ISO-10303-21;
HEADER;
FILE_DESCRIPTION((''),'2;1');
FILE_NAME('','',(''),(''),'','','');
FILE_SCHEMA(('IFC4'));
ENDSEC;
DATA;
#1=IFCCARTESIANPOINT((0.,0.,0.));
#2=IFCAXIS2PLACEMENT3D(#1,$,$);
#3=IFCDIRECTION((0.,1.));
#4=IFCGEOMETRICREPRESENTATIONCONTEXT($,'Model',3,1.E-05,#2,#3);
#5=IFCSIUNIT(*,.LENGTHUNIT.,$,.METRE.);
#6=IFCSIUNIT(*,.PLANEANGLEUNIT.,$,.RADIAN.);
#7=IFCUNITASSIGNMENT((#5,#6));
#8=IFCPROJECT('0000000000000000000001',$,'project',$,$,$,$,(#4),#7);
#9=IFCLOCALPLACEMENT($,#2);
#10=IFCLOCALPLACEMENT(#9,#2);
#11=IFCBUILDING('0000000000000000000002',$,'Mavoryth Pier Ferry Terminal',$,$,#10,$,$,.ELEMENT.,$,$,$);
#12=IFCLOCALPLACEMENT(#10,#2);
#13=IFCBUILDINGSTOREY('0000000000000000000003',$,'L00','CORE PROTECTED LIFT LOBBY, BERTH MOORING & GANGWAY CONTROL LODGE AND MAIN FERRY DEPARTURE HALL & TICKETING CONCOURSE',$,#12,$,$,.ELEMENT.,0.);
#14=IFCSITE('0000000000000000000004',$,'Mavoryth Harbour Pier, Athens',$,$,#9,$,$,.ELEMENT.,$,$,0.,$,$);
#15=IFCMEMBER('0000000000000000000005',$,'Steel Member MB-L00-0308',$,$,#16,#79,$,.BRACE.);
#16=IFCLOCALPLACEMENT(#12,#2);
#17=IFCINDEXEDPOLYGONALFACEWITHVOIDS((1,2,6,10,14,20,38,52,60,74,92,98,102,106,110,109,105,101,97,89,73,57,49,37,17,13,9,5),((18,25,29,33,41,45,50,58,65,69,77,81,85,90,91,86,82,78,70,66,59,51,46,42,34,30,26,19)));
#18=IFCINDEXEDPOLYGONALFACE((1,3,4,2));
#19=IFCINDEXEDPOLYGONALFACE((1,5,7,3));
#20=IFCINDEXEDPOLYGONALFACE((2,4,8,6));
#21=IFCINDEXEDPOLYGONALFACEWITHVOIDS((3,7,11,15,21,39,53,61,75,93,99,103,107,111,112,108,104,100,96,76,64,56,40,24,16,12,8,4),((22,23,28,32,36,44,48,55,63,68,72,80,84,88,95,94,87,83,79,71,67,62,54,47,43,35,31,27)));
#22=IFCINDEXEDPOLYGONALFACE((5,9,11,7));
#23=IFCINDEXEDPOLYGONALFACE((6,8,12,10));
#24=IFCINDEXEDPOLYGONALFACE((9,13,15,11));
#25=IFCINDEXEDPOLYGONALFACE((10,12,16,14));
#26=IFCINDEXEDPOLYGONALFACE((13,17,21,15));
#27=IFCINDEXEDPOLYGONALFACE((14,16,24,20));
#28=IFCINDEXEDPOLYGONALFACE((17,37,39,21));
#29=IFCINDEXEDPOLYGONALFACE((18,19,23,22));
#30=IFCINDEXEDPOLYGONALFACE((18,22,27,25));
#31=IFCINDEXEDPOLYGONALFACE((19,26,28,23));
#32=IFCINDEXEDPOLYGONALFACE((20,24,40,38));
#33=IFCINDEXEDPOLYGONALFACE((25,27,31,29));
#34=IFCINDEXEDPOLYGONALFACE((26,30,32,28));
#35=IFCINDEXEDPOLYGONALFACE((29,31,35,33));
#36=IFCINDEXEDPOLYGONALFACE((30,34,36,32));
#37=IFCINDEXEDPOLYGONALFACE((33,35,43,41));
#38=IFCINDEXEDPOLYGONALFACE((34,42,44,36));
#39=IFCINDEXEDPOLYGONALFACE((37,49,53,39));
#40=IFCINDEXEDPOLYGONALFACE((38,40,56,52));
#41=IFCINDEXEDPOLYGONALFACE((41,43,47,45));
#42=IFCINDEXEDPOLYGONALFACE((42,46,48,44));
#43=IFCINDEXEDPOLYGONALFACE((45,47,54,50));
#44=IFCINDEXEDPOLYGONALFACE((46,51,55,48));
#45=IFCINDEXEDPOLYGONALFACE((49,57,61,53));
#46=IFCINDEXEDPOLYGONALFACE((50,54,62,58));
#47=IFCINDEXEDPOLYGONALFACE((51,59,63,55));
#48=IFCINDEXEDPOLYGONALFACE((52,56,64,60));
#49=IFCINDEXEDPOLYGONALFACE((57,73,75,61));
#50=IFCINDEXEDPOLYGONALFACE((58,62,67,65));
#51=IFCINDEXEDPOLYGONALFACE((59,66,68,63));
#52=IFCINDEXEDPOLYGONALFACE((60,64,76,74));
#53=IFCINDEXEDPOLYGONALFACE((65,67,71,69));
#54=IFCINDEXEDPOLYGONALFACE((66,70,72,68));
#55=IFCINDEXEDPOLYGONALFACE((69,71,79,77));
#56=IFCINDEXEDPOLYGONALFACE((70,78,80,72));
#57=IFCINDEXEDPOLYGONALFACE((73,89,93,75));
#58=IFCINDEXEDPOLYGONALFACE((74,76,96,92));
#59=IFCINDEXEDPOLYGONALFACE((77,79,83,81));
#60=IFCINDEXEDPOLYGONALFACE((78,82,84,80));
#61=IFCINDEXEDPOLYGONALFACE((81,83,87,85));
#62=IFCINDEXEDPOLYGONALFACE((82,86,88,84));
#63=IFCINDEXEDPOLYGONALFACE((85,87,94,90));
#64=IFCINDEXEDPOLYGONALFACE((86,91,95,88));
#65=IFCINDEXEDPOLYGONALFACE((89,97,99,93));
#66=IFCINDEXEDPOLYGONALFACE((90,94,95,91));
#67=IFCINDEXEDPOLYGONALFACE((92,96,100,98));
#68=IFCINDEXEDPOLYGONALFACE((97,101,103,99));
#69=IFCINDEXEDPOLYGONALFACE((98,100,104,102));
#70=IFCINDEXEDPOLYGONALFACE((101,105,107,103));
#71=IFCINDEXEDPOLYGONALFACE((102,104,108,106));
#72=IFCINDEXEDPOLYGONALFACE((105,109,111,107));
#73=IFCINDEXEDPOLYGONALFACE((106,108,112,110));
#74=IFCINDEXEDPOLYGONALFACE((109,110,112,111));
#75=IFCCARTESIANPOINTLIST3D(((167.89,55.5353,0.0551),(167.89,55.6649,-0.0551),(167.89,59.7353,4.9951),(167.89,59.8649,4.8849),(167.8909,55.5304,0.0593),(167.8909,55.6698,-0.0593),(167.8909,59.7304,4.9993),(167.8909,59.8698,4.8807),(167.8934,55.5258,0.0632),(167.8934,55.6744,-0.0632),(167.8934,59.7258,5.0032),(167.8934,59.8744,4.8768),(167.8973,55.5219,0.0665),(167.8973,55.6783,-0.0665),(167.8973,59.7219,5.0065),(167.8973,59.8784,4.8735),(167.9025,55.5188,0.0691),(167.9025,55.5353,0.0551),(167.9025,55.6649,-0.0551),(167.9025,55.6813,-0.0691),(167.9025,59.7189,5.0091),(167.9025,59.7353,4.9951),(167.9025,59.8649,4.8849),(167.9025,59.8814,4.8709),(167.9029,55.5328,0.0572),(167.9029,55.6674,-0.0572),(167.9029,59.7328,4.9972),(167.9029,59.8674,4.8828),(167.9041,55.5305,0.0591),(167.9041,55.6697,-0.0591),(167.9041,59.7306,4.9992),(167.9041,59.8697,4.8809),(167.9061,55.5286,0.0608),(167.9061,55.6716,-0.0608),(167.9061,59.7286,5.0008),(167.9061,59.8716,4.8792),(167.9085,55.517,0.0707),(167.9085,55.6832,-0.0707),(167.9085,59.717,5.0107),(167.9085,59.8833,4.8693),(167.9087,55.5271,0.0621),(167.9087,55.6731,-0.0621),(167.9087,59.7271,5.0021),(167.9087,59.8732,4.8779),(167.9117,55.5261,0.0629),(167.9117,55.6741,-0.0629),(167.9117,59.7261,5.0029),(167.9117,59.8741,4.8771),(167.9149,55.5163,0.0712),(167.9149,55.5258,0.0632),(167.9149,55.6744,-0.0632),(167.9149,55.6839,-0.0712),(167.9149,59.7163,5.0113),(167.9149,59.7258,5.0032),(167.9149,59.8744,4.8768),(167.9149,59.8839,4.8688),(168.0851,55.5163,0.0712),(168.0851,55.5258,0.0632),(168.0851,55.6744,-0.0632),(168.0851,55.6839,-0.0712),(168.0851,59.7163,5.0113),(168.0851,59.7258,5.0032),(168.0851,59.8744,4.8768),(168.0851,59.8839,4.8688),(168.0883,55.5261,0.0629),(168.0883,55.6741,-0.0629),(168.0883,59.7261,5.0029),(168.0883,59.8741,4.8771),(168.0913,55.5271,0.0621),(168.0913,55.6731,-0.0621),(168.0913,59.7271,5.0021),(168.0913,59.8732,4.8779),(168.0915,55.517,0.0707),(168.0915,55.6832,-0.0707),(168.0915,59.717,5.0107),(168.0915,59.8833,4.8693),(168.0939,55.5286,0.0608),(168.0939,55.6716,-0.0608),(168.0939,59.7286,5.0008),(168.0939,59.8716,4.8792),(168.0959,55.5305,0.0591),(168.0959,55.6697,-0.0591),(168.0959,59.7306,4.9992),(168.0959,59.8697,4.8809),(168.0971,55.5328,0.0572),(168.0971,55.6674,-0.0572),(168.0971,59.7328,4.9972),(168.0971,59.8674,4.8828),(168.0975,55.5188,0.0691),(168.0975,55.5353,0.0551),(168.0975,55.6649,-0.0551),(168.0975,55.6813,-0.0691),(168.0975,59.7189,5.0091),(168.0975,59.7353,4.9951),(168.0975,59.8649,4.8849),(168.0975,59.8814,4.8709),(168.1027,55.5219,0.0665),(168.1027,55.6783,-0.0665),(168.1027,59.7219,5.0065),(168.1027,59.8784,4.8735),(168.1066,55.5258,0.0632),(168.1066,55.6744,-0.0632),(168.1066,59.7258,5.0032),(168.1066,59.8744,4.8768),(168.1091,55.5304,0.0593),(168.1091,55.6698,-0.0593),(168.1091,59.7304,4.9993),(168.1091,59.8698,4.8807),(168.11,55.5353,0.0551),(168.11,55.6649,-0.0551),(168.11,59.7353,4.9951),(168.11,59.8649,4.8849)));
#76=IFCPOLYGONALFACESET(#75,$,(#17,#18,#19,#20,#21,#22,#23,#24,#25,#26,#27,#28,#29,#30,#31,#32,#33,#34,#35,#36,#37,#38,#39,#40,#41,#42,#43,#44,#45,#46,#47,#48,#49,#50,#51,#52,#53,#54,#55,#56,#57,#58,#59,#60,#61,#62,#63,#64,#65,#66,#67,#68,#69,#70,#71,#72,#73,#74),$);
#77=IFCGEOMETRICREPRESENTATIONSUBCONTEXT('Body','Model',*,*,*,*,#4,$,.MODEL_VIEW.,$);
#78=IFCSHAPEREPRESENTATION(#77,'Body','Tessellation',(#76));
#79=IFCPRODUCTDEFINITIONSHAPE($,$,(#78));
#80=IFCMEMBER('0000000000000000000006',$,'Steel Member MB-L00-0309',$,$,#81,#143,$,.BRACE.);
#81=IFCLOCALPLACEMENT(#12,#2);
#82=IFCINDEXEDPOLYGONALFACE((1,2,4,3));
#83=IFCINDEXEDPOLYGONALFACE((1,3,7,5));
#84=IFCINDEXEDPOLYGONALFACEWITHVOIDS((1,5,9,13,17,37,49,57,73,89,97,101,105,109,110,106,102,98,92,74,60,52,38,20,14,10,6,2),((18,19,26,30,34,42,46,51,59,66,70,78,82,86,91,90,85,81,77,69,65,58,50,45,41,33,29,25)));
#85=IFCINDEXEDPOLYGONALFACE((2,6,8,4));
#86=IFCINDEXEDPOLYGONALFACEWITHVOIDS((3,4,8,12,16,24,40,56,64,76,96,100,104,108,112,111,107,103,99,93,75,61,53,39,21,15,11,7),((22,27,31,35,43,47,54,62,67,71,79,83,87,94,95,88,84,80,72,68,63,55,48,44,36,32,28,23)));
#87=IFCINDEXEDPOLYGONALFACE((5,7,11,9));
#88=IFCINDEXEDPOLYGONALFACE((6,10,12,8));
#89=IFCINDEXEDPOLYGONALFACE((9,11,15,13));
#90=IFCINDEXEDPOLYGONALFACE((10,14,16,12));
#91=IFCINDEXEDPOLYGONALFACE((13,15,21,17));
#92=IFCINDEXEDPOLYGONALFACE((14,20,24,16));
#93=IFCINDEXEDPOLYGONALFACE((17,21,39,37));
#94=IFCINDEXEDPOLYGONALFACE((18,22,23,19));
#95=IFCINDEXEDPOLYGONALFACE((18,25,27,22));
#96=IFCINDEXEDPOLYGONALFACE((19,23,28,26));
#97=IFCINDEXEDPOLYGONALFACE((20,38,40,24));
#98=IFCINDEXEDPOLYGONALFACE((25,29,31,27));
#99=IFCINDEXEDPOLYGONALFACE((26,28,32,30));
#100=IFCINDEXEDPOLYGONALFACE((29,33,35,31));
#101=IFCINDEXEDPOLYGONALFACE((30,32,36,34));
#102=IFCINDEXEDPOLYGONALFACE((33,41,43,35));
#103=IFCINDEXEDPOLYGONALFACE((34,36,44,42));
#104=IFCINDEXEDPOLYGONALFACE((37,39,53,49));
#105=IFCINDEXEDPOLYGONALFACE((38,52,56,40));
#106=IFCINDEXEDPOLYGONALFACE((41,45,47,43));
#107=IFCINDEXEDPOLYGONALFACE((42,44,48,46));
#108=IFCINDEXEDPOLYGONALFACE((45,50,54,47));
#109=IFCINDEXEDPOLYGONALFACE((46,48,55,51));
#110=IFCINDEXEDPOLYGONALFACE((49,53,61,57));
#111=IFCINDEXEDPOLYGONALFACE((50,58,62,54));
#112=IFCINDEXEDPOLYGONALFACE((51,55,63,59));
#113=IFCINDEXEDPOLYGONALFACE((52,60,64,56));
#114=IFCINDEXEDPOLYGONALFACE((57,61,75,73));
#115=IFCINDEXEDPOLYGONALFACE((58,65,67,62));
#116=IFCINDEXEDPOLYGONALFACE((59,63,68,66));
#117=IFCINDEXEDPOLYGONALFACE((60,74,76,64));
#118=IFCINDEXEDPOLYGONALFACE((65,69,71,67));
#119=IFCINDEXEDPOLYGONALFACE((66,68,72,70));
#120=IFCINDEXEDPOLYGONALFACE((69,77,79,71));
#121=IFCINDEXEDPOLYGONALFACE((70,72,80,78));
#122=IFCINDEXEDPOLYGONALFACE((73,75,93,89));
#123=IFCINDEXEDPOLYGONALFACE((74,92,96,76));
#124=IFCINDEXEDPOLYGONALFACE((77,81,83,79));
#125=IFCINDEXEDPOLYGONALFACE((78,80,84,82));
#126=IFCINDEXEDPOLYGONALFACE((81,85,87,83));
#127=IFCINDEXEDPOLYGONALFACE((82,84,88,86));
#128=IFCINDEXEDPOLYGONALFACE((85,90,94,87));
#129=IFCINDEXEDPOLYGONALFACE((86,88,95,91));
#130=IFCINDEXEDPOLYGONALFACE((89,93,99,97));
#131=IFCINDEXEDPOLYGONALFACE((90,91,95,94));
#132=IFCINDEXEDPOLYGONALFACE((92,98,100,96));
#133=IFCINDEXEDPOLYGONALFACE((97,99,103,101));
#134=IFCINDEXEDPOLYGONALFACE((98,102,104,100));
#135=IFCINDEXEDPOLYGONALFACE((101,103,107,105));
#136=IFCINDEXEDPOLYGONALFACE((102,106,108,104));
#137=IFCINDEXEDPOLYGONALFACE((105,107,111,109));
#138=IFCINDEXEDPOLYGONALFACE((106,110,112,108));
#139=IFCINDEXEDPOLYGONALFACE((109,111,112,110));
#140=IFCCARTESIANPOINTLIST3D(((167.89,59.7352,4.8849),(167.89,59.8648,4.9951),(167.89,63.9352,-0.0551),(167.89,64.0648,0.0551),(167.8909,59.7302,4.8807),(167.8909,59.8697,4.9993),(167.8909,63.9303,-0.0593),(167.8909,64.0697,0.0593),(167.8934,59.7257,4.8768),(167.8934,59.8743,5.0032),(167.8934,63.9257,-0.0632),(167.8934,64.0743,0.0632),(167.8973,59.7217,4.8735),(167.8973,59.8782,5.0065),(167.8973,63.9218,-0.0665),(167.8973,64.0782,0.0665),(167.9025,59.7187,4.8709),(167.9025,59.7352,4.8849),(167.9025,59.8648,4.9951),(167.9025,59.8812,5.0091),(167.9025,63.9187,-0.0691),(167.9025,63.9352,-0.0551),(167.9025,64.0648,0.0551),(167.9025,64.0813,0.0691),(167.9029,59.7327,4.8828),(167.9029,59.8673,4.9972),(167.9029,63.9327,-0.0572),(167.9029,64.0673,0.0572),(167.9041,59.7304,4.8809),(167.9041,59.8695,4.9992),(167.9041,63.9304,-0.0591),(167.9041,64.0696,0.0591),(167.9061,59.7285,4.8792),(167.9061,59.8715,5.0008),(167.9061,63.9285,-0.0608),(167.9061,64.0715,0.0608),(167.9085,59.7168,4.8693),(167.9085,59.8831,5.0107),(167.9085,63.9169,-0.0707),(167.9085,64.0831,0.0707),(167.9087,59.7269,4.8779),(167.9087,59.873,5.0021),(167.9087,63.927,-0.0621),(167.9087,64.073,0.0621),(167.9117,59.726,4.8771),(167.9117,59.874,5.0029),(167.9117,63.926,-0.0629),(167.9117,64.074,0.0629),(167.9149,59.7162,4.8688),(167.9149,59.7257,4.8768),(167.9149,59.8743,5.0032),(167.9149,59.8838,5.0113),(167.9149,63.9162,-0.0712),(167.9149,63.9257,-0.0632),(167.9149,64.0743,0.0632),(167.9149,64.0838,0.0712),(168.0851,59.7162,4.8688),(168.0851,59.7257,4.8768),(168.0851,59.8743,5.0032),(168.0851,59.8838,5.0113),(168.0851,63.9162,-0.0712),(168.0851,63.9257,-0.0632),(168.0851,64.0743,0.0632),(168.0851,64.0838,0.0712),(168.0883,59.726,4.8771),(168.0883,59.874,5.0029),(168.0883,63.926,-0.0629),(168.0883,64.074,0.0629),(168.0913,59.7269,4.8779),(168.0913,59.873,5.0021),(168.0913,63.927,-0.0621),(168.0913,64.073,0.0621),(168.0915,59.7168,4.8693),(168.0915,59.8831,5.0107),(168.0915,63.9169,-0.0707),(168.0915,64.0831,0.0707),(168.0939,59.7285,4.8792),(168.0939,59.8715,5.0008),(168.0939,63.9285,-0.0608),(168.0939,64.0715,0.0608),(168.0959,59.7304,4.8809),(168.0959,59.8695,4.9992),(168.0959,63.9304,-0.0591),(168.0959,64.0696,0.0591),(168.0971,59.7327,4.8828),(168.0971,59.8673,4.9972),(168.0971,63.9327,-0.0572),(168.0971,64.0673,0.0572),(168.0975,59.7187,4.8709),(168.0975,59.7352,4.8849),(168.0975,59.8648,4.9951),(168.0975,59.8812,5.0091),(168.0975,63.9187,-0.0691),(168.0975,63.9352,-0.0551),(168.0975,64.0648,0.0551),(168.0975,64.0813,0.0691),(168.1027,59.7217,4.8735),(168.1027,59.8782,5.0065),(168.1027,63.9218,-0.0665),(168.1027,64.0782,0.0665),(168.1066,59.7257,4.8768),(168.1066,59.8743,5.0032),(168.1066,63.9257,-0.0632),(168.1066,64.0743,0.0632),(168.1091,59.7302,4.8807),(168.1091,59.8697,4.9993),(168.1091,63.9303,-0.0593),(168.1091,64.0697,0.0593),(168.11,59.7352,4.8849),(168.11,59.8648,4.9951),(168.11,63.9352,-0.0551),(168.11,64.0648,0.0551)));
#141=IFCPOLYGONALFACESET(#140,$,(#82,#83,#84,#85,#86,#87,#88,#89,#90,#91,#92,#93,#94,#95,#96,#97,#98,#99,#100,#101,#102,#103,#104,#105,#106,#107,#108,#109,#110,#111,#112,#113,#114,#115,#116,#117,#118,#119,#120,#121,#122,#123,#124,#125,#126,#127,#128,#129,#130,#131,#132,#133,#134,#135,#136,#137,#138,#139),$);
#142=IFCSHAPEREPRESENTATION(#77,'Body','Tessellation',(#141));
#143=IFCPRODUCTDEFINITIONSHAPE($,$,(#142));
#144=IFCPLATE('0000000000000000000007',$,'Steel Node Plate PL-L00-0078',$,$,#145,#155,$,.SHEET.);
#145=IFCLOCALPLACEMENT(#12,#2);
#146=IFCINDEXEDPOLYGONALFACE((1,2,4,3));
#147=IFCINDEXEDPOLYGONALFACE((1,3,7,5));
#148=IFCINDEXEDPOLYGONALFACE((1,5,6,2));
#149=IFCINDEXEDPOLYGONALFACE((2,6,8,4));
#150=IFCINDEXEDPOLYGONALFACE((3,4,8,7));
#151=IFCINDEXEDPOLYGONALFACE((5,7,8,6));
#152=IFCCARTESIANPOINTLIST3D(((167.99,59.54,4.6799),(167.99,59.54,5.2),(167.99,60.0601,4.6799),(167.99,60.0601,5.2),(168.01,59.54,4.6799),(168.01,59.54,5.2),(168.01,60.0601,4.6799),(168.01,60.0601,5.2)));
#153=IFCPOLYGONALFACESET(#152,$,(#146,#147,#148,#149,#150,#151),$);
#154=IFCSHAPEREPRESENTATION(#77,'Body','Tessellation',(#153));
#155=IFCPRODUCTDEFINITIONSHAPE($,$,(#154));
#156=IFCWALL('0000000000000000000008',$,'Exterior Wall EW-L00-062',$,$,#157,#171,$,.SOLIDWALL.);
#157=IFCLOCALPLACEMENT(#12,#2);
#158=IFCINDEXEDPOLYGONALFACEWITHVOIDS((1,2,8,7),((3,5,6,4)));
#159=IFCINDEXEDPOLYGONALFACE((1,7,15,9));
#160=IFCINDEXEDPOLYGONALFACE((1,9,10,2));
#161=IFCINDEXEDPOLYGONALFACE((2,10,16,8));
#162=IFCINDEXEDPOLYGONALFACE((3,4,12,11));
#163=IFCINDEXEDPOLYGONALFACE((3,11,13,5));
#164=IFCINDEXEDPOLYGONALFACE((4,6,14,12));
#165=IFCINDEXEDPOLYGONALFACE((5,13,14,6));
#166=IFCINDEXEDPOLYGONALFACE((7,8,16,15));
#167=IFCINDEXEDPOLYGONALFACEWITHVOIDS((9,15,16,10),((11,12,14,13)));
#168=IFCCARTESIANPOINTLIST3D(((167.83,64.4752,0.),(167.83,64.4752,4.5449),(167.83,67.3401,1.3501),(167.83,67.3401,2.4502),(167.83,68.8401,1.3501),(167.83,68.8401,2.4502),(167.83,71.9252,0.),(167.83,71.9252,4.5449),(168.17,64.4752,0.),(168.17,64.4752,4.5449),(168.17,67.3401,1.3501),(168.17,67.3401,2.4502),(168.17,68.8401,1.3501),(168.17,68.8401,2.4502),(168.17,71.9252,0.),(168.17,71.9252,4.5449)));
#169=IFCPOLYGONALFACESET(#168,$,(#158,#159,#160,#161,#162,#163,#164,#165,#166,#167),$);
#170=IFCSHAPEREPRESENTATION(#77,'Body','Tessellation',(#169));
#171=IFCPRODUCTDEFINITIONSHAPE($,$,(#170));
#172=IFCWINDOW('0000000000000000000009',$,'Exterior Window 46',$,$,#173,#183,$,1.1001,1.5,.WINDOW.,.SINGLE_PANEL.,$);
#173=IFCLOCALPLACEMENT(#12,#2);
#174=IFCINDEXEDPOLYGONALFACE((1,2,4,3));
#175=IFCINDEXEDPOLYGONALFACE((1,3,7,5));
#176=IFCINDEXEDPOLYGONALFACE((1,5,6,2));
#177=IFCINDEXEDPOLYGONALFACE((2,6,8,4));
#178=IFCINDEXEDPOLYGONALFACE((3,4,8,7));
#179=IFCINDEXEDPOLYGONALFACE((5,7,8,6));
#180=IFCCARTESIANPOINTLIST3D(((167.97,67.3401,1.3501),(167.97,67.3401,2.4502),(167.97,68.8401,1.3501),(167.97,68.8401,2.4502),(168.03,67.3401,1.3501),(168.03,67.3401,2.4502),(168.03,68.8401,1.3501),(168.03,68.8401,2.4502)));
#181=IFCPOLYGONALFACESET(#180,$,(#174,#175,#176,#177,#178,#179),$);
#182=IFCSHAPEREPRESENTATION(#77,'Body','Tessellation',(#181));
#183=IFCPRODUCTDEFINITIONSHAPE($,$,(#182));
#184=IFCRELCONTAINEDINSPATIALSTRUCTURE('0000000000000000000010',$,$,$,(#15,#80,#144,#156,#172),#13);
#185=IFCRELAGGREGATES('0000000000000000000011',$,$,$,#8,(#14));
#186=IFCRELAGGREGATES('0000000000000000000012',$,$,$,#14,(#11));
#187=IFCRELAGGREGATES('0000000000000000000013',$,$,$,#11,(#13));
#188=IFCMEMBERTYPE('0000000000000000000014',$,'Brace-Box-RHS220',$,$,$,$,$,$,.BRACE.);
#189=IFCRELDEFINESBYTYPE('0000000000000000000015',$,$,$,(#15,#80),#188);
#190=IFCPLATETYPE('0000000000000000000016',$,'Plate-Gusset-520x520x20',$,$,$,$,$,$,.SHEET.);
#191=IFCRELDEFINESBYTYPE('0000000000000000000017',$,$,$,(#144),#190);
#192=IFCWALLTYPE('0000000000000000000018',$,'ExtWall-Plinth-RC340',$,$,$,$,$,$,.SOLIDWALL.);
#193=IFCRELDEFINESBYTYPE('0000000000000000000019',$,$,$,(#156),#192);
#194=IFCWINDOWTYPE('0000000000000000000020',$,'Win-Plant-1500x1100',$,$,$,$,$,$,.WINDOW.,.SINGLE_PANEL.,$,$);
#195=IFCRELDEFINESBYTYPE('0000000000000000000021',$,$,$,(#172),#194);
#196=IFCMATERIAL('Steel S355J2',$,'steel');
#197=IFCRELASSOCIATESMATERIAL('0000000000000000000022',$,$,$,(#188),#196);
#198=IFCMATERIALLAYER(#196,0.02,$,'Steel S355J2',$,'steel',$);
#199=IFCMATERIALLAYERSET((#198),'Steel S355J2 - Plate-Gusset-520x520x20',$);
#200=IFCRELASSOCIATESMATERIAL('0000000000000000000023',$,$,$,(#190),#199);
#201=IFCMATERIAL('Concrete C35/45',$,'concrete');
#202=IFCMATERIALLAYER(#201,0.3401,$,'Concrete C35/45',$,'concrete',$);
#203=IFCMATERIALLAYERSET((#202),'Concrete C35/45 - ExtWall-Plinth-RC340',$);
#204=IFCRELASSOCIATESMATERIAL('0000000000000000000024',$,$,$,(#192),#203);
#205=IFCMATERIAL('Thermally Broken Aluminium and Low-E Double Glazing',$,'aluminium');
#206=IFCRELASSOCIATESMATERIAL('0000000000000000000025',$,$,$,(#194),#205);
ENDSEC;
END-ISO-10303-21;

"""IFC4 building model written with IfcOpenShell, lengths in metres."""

from ifc_helpers import new_model, si_unit, direction, frame, frame_2d, origin, origin_2d, place, context, subcontext, project, spatial, rectangle, hollow_rectangle, extrude, material, layer, layer_set, material_profile, profile_set, type_object, element, fill, save


model = new_model("IFC4")

# Units and contexts
model_context = context("Model", 3, precision=1e-05, world=origin(), true_north=direction((0.0, 1.0)))
body_context = subcontext(model_context, "Body", "Model", "MODEL_VIEW")
ifc_project = project(units=[si_unit("LENGTHUNIT", "METRE"), si_unit("PLANEANGLEUNIT", "RADIAN")], contexts=[model_context])

# Site, building, storey
site_placement = place(None, origin())
site = spatial("IfcSite", under=ifc_project, at=site_placement, Name="Mavoryth Harbour Pier, Athens", CompositionType="ELEMENT", RefElevation=0.0)
building_placement = place(site_placement, origin())
building = spatial("IfcBuilding", under=site, at=building_placement, Name="Mavoryth Pier Ferry Terminal", CompositionType="ELEMENT")
storey_placement = place(building_placement, origin())
storey = spatial("IfcBuildingStorey", under=building, at=storey_placement, Name="L00", Description="CORE PROTECTED LIFT LOBBY, BERTH MOORING & GANGWAY CONTROL LODGE AND MAIN FERRY DEPARTURE HALL & TICKETING CONCOURSE", CompositionType="ELEMENT", Elevation=0.0)

# Shared definitions
ifc_material_1 = material(Name="Concrete C35/45", Category="concrete")

# Members
ifc_material_2 = material(Name="Steel S355J2", Category="steel")
ifc_material_profile_1 = material_profile(ifc_material_2, hollow_rectangle(XDim=0.22, YDim=0.22, WallThickness=0.0125, InnerFilletRadius=0.0125, OuterFilletRadius=0.0249, at=origin_2d()), Name="RHS 220x220x12.5", Category="steel")
ifc_profile_set_1 = profile_set([ifc_material_profile_1], Name="Steel S355J2 - RHS 220x220x12.5")
member_type = type_object("IfcMemberType", Name="Brace-Box-RHS220", PredefinedType="BRACE", material=ifc_profile_set_1)
for number, where, z_axis, x_axis, name in (
    (1, (168.0, 55.6001, 0.0), (0.0, 0.647738, 0.761863), (-1.0, 0.0, 0.0), "Steel Member MB-L00-0308"),
    (2, (168.0, 64.0, 0.0), (0.0, -0.647738, 0.761863), (1.0, 0.0, 0.0), "Steel Member MB-L00-0309"),
):
    element("IfcMember", number, at=place(storey_placement, frame(where, z_axis=z_axis, x_axis=x_axis)), inside=storey, type_object=member_type, Name=name, PredefinedType="BRACE", context=body_context, shape_type="SweptSolid", body=[
        extrude(hollow_rectangle(XDim=0.22, YDim=0.22, WallThickness=0.0125, InnerFilletRadius=0.0125, OuterFilletRadius=0.0249, at=origin_2d()), origin(), (0.0, 0.0, 1.0), 6.4841),
    ])

# Plate
ifc_layer_1 = layer(ifc_material_2, 0.02, Name="Steel S355J2", Category="steel")
ifc_layer_set_1 = layer_set([ifc_layer_1], Name="Steel S355J2 - Plate-Gusset-520x520x20")
plate_type = type_object("IfcPlateType", Name="Plate-Gusset-520x520x20", PredefinedType="SHEET", material=ifc_layer_set_1)
plate_placement = place(storey_placement, frame((168.0, 59.8, 4.6799), z_axis=(0.0, 0.0, 1.0), x_axis=(0.0, 1.0, 0.0)))
element("IfcPlate", 3, at=plate_placement, inside=storey, type_object=plate_type, Name="Steel Node Plate PL-L00-0078", PredefinedType="SHEET", context=body_context, shape_type="SweptSolid", body=[
    extrude(rectangle(XDim=0.52, YDim=0.02, at=origin_2d()), origin(), (0.0, 0.0, 1.0), 0.52),
])

# Wall, opening, window
ifc_layer_2 = layer(ifc_material_1, 0.3401, Name="Concrete C35/45", Category="concrete")
ifc_layer_set_2 = layer_set([ifc_layer_2], Name="Concrete C35/45 - ExtWall-Plinth-RC340")
wall_type = type_object("IfcWallType", Name="ExtWall-Plinth-RC340", PredefinedType="SOLIDWALL", material=ifc_layer_set_2)
wall_placement = place(storey_placement, frame((168.0, 64.4751, 0.0), z_axis=(0.0, 0.0, 1.0), x_axis=(0.0, 1.0, 0.0)))
wall = element("IfcWall", 4, at=wall_placement, inside=storey, type_object=wall_type, Name="Exterior Wall EW-L00-062", PredefinedType="SOLIDWALL", context=body_context, shape_type="SweptSolid", body=[
    extrude(rectangle(XDim=7.45, YDim=0.3401, at=frame_2d((3.7251, 0.0))), origin(), (0.0, 0.0, 1.0), 4.5449),
])
opening_placement = place(wall_placement, frame((2.865, 0.0, 1.3501)))
opening = element("IfcOpeningElement", 5, at=opening_placement, cuts=wall, PredefinedType="OPENING", context=body_context, shape_type="SweptSolid", body=[
    extrude(rectangle(XDim=1.5, YDim=1.1001, at=frame_2d((0.75, 0.55))), frame((0.0, 0.1799, 0.0), z_axis=(0.0, -1.0, 0.0), x_axis=(1.0, 0.0, 0.0)), (0.0, 0.0, 1.0), 0.3601),
])
ifc_material_3 = material(Name="Thermally Broken Aluminium and Low-E Double Glazing", Category="aluminium")
window_type = type_object("IfcWindowType", Name="Win-Plant-1500x1100", PartitioningType="SINGLE_PANEL", PredefinedType="WINDOW", material=ifc_material_3)
window_placement = place(opening_placement, origin())
window = element("IfcWindow", 6, at=window_placement, inside=storey, type_object=window_type, Name="Exterior Window 46", OverallHeight=1.1001, OverallWidth=1.5, PartitioningType="SINGLE_PANEL", PredefinedType="WINDOW", context=body_context, shape_type="SweptSolid", body=[
    extrude(rectangle(XDim=1.5, YDim=1.1001, at=frame_2d((0.75, 0.55))), frame((0.0, 0.03, 0.0), z_axis=(0.0, -1.0, 0.0), x_axis=(1.0, 0.0, 0.0)), (0.0, 0.0, 1.0), 0.0601),
])
fill(opening, window)

save(model, "model.ifc")
